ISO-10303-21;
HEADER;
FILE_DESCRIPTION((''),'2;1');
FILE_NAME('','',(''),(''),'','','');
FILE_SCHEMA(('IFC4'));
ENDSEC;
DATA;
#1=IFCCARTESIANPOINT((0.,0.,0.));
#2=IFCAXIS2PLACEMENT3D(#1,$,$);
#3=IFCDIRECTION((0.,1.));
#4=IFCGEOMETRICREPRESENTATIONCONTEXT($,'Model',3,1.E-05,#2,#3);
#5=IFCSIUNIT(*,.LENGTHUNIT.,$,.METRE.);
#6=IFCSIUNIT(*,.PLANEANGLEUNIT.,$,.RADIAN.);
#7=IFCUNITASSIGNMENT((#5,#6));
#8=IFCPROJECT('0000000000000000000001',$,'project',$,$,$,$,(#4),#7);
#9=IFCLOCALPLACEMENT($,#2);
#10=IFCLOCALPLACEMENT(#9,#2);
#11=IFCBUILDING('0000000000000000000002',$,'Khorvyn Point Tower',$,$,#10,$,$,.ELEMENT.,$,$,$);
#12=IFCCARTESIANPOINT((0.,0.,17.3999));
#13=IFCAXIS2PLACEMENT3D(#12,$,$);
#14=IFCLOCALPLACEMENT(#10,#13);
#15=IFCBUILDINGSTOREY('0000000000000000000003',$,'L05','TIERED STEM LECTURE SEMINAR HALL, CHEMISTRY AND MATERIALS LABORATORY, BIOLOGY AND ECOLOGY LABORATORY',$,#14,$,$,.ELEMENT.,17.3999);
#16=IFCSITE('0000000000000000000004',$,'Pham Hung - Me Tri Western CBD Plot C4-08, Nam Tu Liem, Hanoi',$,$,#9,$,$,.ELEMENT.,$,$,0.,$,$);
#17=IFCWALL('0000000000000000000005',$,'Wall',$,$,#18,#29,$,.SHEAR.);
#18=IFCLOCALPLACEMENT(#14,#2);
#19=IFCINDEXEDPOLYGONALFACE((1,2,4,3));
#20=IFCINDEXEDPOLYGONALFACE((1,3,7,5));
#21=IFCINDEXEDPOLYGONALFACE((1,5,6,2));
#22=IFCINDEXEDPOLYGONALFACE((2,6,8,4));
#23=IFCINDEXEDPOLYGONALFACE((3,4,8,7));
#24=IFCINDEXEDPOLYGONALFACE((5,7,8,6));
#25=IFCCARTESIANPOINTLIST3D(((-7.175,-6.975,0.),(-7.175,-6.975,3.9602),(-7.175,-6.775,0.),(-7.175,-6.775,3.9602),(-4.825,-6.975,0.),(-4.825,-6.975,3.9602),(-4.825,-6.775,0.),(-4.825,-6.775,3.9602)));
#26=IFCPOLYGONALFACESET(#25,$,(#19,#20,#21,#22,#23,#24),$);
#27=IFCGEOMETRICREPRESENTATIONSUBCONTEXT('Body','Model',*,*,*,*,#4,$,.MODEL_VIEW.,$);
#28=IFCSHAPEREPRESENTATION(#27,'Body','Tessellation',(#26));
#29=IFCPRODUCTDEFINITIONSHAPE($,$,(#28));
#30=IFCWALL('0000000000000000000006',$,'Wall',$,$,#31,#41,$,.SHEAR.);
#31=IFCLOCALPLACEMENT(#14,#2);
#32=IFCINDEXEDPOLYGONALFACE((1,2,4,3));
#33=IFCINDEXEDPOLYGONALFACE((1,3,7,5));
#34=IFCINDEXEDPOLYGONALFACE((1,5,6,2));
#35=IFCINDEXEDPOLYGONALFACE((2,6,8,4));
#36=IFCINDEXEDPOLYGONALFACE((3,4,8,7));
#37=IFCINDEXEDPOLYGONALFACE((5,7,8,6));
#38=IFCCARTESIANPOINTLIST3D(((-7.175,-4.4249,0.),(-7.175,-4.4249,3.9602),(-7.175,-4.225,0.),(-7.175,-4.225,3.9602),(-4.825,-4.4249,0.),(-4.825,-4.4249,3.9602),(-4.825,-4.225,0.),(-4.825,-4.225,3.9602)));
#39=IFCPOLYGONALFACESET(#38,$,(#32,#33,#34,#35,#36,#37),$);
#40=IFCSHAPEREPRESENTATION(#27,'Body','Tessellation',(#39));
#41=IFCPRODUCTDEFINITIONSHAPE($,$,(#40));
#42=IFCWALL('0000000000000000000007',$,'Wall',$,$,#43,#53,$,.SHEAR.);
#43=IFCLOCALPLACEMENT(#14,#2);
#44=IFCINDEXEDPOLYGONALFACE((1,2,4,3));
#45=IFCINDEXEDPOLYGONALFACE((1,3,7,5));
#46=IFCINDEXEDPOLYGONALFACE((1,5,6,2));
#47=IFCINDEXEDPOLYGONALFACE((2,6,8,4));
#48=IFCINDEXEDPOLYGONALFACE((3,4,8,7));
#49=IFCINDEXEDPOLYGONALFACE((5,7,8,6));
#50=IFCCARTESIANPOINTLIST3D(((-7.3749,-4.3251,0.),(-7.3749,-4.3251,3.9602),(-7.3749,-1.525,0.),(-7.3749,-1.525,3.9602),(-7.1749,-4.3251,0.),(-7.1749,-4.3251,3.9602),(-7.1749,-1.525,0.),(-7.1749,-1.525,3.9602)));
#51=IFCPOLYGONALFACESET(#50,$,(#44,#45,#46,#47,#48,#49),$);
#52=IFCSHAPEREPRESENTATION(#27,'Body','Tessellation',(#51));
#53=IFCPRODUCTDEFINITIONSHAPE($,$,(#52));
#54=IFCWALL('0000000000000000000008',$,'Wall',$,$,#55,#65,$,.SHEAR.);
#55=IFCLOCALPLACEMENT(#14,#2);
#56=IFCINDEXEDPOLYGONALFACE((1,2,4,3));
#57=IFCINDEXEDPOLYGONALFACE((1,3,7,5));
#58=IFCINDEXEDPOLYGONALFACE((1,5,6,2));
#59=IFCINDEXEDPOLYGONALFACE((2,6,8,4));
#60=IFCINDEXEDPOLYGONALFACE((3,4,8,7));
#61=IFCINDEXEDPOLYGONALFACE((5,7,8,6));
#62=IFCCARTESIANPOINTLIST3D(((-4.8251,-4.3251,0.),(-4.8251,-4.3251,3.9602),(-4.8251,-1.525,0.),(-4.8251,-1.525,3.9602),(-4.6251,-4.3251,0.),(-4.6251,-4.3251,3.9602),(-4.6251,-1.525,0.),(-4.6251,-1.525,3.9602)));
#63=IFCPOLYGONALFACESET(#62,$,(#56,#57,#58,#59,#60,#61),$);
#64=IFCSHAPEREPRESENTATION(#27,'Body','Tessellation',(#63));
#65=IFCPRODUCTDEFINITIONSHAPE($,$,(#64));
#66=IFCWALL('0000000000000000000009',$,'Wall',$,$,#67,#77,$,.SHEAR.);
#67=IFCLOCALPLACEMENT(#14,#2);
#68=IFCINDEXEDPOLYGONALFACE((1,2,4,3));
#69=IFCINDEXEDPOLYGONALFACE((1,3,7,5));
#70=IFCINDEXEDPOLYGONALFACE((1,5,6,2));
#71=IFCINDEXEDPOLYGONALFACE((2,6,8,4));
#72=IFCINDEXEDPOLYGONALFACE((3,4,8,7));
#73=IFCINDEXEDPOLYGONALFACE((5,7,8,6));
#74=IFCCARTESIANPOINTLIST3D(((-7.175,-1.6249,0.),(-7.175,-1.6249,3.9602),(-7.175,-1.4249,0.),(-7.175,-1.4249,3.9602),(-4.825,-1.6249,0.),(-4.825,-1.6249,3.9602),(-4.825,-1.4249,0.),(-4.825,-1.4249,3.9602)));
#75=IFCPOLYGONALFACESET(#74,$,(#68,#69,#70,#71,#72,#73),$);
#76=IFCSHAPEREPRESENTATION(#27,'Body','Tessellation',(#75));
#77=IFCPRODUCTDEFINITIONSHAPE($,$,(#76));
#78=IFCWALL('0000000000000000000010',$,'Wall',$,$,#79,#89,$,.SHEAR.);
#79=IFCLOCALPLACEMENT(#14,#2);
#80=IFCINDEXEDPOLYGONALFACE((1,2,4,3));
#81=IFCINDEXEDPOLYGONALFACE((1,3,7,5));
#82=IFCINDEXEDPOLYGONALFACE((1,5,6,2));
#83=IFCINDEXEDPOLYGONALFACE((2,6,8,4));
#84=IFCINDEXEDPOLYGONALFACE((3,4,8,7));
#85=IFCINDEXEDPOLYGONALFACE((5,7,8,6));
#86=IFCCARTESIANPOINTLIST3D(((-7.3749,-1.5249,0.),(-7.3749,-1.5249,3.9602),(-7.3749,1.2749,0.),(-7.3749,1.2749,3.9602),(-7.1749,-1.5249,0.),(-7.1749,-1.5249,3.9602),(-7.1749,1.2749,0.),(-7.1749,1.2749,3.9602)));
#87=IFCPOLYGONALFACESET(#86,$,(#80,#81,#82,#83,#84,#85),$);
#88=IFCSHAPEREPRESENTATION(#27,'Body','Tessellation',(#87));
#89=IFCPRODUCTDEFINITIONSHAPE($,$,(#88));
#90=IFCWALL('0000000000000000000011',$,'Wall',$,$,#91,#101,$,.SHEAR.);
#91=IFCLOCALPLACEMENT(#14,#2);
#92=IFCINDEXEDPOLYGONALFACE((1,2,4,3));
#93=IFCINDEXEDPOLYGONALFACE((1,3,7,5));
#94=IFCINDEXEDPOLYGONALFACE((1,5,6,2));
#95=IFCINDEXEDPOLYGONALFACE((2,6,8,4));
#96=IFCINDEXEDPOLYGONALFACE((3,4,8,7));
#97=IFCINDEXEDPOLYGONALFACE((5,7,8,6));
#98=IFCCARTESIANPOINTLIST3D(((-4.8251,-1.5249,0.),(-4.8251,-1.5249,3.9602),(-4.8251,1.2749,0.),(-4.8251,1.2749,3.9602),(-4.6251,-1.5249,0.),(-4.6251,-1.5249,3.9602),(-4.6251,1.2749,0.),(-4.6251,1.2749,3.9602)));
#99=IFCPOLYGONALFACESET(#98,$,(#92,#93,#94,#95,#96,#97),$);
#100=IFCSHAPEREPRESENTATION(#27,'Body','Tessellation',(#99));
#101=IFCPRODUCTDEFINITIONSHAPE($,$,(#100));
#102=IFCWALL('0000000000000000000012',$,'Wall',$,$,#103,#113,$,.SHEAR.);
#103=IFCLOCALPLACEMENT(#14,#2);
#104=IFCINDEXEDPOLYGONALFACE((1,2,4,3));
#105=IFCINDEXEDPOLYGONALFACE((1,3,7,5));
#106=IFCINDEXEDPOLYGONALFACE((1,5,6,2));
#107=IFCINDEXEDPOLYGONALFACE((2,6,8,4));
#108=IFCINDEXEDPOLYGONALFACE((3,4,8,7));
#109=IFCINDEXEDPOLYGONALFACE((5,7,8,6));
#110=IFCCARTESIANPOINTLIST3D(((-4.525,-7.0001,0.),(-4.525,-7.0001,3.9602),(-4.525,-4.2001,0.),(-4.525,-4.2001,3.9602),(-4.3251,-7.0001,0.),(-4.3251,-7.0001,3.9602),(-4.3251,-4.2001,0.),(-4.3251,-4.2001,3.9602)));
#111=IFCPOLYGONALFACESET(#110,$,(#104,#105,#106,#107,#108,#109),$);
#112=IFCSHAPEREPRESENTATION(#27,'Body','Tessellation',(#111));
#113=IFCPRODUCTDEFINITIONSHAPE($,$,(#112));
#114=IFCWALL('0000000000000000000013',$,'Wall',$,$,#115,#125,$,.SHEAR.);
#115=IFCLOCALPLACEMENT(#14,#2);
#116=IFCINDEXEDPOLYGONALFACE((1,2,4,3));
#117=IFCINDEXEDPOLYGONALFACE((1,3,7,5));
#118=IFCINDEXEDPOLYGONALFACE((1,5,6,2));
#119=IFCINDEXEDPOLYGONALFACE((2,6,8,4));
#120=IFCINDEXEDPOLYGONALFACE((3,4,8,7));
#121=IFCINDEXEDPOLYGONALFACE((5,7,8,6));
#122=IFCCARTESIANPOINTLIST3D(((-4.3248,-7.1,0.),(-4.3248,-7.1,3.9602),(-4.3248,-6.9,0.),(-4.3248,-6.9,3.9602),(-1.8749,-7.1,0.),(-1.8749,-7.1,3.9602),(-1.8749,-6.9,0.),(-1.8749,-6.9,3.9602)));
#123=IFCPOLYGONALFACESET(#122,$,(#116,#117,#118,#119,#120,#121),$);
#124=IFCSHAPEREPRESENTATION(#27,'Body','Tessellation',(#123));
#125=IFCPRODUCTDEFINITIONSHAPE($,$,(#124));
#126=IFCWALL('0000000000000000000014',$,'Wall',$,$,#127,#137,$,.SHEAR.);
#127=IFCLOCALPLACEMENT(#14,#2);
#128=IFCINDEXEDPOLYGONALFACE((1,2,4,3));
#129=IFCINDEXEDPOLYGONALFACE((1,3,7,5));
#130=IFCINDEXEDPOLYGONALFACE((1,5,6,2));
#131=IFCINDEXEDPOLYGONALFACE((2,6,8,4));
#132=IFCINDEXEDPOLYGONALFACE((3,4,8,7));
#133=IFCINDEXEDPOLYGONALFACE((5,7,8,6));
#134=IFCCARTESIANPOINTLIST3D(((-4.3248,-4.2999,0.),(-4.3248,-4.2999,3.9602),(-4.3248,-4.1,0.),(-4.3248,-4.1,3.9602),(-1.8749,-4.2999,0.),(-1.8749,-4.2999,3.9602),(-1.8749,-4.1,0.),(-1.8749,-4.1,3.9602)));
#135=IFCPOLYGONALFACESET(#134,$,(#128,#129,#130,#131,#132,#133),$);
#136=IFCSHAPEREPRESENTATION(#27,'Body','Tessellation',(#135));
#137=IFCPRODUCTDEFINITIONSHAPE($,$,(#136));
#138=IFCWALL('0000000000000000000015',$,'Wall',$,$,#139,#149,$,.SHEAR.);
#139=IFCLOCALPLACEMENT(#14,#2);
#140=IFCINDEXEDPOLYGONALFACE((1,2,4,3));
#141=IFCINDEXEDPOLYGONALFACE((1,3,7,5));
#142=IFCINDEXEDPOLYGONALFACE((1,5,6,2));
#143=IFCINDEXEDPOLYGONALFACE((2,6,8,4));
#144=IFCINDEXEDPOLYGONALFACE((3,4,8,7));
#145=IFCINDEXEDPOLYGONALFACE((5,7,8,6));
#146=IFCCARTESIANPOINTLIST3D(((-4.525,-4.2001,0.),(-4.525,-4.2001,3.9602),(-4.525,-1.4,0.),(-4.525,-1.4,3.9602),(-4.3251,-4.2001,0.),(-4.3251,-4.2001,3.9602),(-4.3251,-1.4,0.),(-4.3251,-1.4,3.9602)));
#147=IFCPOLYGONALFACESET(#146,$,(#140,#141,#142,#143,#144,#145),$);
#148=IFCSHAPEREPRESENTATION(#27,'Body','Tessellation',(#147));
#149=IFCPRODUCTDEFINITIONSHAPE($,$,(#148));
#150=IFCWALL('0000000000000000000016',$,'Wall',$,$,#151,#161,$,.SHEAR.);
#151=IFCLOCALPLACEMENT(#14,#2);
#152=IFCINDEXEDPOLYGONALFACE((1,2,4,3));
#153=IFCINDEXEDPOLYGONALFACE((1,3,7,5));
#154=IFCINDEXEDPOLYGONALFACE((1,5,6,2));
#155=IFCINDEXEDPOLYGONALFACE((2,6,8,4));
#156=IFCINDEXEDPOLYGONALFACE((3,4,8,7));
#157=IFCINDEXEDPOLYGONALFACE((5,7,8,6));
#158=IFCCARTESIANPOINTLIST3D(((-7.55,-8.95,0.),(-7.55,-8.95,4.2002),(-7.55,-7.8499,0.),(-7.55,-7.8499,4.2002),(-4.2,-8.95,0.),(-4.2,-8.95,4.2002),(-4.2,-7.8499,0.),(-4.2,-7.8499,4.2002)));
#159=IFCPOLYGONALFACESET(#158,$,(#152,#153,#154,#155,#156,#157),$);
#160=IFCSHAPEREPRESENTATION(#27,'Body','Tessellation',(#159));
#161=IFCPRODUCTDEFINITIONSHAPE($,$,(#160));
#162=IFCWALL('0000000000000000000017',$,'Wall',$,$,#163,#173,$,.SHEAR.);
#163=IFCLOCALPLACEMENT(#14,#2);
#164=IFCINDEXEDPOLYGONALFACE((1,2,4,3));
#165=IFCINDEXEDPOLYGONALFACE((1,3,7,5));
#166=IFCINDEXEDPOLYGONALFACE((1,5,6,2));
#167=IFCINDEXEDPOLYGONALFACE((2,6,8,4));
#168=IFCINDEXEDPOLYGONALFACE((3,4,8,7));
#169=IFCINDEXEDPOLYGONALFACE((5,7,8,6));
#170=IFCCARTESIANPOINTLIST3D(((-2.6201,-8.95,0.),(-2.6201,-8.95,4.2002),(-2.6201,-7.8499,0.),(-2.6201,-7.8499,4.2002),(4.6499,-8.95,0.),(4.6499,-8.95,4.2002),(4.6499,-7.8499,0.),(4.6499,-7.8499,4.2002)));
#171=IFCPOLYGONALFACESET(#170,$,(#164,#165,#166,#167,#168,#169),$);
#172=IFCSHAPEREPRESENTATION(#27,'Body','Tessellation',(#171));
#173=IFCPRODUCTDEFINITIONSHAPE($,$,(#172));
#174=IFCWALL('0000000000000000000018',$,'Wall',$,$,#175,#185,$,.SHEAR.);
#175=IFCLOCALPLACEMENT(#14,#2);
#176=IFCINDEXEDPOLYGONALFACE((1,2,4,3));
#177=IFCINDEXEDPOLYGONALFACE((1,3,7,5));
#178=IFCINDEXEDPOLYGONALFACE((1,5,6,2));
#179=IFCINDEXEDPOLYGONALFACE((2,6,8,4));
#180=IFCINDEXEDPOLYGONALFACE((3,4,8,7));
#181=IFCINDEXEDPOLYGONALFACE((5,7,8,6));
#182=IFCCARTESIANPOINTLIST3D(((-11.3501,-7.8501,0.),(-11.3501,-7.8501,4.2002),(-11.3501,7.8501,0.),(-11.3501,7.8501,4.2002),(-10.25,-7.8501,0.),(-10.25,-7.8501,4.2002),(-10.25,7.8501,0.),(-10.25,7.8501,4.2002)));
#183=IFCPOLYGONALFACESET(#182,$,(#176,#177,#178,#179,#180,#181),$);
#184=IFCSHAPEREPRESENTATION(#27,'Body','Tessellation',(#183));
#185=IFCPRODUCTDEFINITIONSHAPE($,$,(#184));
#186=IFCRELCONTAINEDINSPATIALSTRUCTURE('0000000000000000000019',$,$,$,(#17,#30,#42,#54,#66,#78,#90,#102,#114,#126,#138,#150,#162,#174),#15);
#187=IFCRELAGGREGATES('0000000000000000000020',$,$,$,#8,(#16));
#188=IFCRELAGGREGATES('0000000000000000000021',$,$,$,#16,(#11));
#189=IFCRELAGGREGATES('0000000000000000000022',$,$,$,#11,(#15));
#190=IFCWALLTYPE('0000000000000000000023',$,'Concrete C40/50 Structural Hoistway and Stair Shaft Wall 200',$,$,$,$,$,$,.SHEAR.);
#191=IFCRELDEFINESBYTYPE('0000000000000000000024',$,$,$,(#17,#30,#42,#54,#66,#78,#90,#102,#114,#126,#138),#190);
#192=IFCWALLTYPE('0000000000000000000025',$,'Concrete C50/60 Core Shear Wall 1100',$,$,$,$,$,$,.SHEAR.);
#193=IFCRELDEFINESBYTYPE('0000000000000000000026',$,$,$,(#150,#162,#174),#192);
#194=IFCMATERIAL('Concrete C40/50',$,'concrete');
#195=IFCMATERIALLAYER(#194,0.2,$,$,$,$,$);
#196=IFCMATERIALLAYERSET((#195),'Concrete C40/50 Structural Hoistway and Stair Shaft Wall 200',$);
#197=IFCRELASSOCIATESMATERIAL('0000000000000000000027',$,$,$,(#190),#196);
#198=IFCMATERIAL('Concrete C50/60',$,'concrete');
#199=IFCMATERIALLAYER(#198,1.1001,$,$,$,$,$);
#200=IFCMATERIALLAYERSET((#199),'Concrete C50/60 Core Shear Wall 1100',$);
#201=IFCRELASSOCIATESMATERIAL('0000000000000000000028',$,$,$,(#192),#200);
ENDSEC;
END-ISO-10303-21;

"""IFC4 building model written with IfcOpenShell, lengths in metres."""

from ifc_helpers import new_model, si_unit, direction, frame, frame_2d, origin, place, context, subcontext, project, spatial, rectangle, extrude, material, layer, layer_set, type_object, element, save


model = new_model("IFC4")

# Units and contexts
model_context = context("Model", 3, precision=1e-05, world=origin(), true_north=direction((0.0, 1.0)))
body_context = subcontext(model_context, "Body", "Model", "MODEL_VIEW")
ifc_project = project(units=[si_unit("LENGTHUNIT", "METRE"), si_unit("PLANEANGLEUNIT", "RADIAN")], contexts=[model_context])

# Site, building, storey
site_placement = place(None, origin())
site = spatial("IfcSite", under=ifc_project, at=site_placement, Name="Pham Hung - Me Tri Western CBD Plot C4-08, Nam Tu Liem, Hanoi", CompositionType="ELEMENT", RefElevation=0.0)
building_placement = place(site_placement, origin())
building = spatial("IfcBuilding", under=site, at=building_placement, Name="Khorvyn Point Tower", CompositionType="ELEMENT")
storey_placement = place(building_placement, frame((0.0, 0.0, 17.3999)))
storey = spatial("IfcBuildingStorey", under=building, at=storey_placement, Name="L05", Description="TIERED STEM LECTURE SEMINAR HALL, CHEMISTRY AND MATERIALS LABORATORY, BIOLOGY AND ECOLOGY LABORATORY", CompositionType="ELEMENT", Elevation=17.3999)

# Shared definitions
ifc_material_1 = material(Name="Concrete C40/50", Category="concrete")
ifc_material_2 = material(Name="Concrete C50/60", Category="concrete")

# Walls
ifc_layer_1 = layer(ifc_material_1, 0.2)
ifc_layer_set_1 = layer_set([ifc_layer_1], Name="Concrete C40/50 Structural Hoistway and Stair Shaft Wall 200")
wall_type_1 = type_object("IfcWallType", Name="Concrete C40/50 Structural Hoistway and Stair Shaft Wall 200", PredefinedType="SHEAR", material=ifc_layer_set_1)
for number, where, z_axis, x_axis, name in (
    (1, (-7.175, -6.875, 0.0), (0.0, 0.0, 1.0), (1.0, 0.0, 0.0), "Wall"),
    (2, (-7.175, -4.325, 0.0), (0.0, 0.0, 1.0), (1.0, 0.0, 0.0), "Wall"),
):
    element("IfcWall", number, at=place(storey_placement, frame(where, z_axis=z_axis, x_axis=x_axis)), inside=storey, type_object=wall_type_1, Name=name, PredefinedType="SHEAR", context=body_context, shape_type="SweptSolid", body=[
        extrude(rectangle(XDim=2.3501, YDim=0.2, at=frame_2d((1.175, 0.0))), origin(), (0.0, 0.0, 1.0), 3.9602),
    ])
for number, where, z_axis, x_axis, name in (
    (3, (-7.2749, -4.325, 0.0), (0.0, 0.0, 1.0), (0.0, 1.0, 0.0), "Wall"),
    (4, (-4.7251, -4.325, 0.0), (0.0, 0.0, 1.0), (0.0, 1.0, 0.0), "Wall"),
):
    element("IfcWall", number, at=place(storey_placement, frame(where, z_axis=z_axis, x_axis=x_axis)), inside=storey, type_object=wall_type_1, Name=name, PredefinedType="SHEAR", context=body_context, shape_type="SweptSolid", body=[
        extrude(rectangle(XDim=2.8, YDim=0.2, at=frame_2d((1.3999, 0.0))), origin(), (0.0, 0.0, 1.0), 3.9602),
    ])
wall_1_placement = place(storey_placement, frame((-7.175, -1.5249, 0.0), z_axis=(0.0, 0.0, 1.0), x_axis=(1.0, 0.0, 0.0)))
element("IfcWall", 5, at=wall_1_placement, inside=storey, type_object=wall_type_1, Name="Wall", PredefinedType="SHEAR", context=body_context, shape_type="SweptSolid", body=[
    extrude(rectangle(XDim=2.3501, YDim=0.2, at=frame_2d((1.175, 0.0))), origin(), (0.0, 0.0, 1.0), 3.9602),
])
for number, where, z_axis, x_axis, name in (
    (6, (-7.2749, -1.5249, 0.0), (0.0, 0.0, 1.0), (0.0, 1.0, 0.0), "Wall"),
    (7, (-4.7251, -1.5249, 0.0), (0.0, 0.0, 1.0), (0.0, 1.0, 0.0), "Wall"),
):
    element("IfcWall", number, at=place(storey_placement, frame(where, z_axis=z_axis, x_axis=x_axis)), inside=storey, type_object=wall_type_1, Name=name, PredefinedType="SHEAR", context=body_context, shape_type="SweptSolid", body=[
        extrude(rectangle(XDim=2.7998, YDim=0.2, at=frame_2d((1.3999, 0.0))), origin(), (0.0, 0.0, 1.0), 3.9602),
    ])
wall_2_placement = place(storey_placement, frame((-4.425, -7.0, 0.0), z_axis=(0.0, 0.0, 1.0), x_axis=(0.0, 1.0, 0.0)))
element("IfcWall", 8, at=wall_2_placement, inside=storey, type_object=wall_type_1, Name="Wall", PredefinedType="SHEAR", context=body_context, shape_type="SweptSolid", body=[
    extrude(rectangle(XDim=2.8, YDim=0.2, at=frame_2d((1.3999, 0.0))), origin(), (0.0, 0.0, 1.0), 3.9602),
])
for number, where, z_axis, x_axis, name in (
    (9, (-4.325, -7.0, 0.0), (0.0, 0.0, 1.0), (1.0, 0.0, 0.0), "Wall"),
    (10, (-4.325, -4.2, 0.0), (0.0, 0.0, 1.0), (1.0, 0.0, 0.0), "Wall"),
):
    element("IfcWall", number, at=place(storey_placement, frame(where, z_axis=z_axis, x_axis=x_axis)), inside=storey, type_object=wall_type_1, Name=name, PredefinedType="SHEAR", context=body_context, shape_type="SweptSolid", body=[
        extrude(rectangle(XDim=2.45, YDim=0.2, at=frame_2d((1.2251, 0.0))), origin(), (0.0, 0.0, 1.0), 3.9602),
    ])
wall_3_placement = place(storey_placement, frame((-4.425, -4.2, 0.0), z_axis=(0.0, 0.0, 1.0), x_axis=(0.0, 1.0, 0.0)))
element("IfcWall", 11, at=wall_3_placement, inside=storey, type_object=wall_type_1, Name="Wall", PredefinedType="SHEAR", context=body_context, shape_type="SweptSolid", body=[
    extrude(rectangle(XDim=2.8, YDim=0.2, at=frame_2d((1.3999, 0.0))), origin(), (0.0, 0.0, 1.0), 3.9602),
])
ifc_layer_2 = layer(ifc_material_2, 1.1001)
ifc_layer_set_2 = layer_set([ifc_layer_2], Name="Concrete C50/60 Core Shear Wall 1100")
wall_type_2 = type_object("IfcWallType", Name="Concrete C50/60 Core Shear Wall 1100", PredefinedType="SHEAR", material=ifc_layer_set_2)
wall_4_placement = place(storey_placement, frame((-7.55, -8.3999, 0.0), z_axis=(0.0, 0.0, 1.0), x_axis=(1.0, 0.0, 0.0)))
element("IfcWall", 12, at=wall_4_placement, inside=storey, type_object=wall_type_2, Name="Wall", PredefinedType="SHEAR", context=body_context, shape_type="SweptSolid", body=[
    extrude(rectangle(XDim=3.3501, YDim=1.1001, at=frame_2d((1.675, 0.0))), origin(), (0.0, 0.0, 1.0), 4.2002),
])
wall_5_placement = place(storey_placement, frame((-2.6201, -8.3999, 0.0), z_axis=(0.0, 0.0, 1.0), x_axis=(1.0, 0.0, 0.0)))
element("IfcWall", 13, at=wall_5_placement, inside=storey, type_object=wall_type_2, Name="Wall", PredefinedType="SHEAR", context=body_context, shape_type="SweptSolid", body=[
    extrude(rectangle(XDim=7.27, YDim=1.1001, at=frame_2d((3.635, 0.0))), origin(), (0.0, 0.0, 1.0), 4.2002),
])
wall_6_placement = place(storey_placement, frame((-10.8, -7.8501, 0.0), z_axis=(0.0, 0.0, 1.0), x_axis=(0.0, 1.0, 0.0)))
element("IfcWall", 14, at=wall_6_placement, inside=storey, type_object=wall_type_2, Name="Wall", PredefinedType="SHEAR", context=body_context, shape_type="SweptSolid", body=[
    extrude(rectangle(XDim=15.7002, YDim=1.1001, at=frame_2d((7.8501, 0.0))), origin(), (0.0, 0.0, 1.0), 4.2002),
])

save(model, "model.ifc")
